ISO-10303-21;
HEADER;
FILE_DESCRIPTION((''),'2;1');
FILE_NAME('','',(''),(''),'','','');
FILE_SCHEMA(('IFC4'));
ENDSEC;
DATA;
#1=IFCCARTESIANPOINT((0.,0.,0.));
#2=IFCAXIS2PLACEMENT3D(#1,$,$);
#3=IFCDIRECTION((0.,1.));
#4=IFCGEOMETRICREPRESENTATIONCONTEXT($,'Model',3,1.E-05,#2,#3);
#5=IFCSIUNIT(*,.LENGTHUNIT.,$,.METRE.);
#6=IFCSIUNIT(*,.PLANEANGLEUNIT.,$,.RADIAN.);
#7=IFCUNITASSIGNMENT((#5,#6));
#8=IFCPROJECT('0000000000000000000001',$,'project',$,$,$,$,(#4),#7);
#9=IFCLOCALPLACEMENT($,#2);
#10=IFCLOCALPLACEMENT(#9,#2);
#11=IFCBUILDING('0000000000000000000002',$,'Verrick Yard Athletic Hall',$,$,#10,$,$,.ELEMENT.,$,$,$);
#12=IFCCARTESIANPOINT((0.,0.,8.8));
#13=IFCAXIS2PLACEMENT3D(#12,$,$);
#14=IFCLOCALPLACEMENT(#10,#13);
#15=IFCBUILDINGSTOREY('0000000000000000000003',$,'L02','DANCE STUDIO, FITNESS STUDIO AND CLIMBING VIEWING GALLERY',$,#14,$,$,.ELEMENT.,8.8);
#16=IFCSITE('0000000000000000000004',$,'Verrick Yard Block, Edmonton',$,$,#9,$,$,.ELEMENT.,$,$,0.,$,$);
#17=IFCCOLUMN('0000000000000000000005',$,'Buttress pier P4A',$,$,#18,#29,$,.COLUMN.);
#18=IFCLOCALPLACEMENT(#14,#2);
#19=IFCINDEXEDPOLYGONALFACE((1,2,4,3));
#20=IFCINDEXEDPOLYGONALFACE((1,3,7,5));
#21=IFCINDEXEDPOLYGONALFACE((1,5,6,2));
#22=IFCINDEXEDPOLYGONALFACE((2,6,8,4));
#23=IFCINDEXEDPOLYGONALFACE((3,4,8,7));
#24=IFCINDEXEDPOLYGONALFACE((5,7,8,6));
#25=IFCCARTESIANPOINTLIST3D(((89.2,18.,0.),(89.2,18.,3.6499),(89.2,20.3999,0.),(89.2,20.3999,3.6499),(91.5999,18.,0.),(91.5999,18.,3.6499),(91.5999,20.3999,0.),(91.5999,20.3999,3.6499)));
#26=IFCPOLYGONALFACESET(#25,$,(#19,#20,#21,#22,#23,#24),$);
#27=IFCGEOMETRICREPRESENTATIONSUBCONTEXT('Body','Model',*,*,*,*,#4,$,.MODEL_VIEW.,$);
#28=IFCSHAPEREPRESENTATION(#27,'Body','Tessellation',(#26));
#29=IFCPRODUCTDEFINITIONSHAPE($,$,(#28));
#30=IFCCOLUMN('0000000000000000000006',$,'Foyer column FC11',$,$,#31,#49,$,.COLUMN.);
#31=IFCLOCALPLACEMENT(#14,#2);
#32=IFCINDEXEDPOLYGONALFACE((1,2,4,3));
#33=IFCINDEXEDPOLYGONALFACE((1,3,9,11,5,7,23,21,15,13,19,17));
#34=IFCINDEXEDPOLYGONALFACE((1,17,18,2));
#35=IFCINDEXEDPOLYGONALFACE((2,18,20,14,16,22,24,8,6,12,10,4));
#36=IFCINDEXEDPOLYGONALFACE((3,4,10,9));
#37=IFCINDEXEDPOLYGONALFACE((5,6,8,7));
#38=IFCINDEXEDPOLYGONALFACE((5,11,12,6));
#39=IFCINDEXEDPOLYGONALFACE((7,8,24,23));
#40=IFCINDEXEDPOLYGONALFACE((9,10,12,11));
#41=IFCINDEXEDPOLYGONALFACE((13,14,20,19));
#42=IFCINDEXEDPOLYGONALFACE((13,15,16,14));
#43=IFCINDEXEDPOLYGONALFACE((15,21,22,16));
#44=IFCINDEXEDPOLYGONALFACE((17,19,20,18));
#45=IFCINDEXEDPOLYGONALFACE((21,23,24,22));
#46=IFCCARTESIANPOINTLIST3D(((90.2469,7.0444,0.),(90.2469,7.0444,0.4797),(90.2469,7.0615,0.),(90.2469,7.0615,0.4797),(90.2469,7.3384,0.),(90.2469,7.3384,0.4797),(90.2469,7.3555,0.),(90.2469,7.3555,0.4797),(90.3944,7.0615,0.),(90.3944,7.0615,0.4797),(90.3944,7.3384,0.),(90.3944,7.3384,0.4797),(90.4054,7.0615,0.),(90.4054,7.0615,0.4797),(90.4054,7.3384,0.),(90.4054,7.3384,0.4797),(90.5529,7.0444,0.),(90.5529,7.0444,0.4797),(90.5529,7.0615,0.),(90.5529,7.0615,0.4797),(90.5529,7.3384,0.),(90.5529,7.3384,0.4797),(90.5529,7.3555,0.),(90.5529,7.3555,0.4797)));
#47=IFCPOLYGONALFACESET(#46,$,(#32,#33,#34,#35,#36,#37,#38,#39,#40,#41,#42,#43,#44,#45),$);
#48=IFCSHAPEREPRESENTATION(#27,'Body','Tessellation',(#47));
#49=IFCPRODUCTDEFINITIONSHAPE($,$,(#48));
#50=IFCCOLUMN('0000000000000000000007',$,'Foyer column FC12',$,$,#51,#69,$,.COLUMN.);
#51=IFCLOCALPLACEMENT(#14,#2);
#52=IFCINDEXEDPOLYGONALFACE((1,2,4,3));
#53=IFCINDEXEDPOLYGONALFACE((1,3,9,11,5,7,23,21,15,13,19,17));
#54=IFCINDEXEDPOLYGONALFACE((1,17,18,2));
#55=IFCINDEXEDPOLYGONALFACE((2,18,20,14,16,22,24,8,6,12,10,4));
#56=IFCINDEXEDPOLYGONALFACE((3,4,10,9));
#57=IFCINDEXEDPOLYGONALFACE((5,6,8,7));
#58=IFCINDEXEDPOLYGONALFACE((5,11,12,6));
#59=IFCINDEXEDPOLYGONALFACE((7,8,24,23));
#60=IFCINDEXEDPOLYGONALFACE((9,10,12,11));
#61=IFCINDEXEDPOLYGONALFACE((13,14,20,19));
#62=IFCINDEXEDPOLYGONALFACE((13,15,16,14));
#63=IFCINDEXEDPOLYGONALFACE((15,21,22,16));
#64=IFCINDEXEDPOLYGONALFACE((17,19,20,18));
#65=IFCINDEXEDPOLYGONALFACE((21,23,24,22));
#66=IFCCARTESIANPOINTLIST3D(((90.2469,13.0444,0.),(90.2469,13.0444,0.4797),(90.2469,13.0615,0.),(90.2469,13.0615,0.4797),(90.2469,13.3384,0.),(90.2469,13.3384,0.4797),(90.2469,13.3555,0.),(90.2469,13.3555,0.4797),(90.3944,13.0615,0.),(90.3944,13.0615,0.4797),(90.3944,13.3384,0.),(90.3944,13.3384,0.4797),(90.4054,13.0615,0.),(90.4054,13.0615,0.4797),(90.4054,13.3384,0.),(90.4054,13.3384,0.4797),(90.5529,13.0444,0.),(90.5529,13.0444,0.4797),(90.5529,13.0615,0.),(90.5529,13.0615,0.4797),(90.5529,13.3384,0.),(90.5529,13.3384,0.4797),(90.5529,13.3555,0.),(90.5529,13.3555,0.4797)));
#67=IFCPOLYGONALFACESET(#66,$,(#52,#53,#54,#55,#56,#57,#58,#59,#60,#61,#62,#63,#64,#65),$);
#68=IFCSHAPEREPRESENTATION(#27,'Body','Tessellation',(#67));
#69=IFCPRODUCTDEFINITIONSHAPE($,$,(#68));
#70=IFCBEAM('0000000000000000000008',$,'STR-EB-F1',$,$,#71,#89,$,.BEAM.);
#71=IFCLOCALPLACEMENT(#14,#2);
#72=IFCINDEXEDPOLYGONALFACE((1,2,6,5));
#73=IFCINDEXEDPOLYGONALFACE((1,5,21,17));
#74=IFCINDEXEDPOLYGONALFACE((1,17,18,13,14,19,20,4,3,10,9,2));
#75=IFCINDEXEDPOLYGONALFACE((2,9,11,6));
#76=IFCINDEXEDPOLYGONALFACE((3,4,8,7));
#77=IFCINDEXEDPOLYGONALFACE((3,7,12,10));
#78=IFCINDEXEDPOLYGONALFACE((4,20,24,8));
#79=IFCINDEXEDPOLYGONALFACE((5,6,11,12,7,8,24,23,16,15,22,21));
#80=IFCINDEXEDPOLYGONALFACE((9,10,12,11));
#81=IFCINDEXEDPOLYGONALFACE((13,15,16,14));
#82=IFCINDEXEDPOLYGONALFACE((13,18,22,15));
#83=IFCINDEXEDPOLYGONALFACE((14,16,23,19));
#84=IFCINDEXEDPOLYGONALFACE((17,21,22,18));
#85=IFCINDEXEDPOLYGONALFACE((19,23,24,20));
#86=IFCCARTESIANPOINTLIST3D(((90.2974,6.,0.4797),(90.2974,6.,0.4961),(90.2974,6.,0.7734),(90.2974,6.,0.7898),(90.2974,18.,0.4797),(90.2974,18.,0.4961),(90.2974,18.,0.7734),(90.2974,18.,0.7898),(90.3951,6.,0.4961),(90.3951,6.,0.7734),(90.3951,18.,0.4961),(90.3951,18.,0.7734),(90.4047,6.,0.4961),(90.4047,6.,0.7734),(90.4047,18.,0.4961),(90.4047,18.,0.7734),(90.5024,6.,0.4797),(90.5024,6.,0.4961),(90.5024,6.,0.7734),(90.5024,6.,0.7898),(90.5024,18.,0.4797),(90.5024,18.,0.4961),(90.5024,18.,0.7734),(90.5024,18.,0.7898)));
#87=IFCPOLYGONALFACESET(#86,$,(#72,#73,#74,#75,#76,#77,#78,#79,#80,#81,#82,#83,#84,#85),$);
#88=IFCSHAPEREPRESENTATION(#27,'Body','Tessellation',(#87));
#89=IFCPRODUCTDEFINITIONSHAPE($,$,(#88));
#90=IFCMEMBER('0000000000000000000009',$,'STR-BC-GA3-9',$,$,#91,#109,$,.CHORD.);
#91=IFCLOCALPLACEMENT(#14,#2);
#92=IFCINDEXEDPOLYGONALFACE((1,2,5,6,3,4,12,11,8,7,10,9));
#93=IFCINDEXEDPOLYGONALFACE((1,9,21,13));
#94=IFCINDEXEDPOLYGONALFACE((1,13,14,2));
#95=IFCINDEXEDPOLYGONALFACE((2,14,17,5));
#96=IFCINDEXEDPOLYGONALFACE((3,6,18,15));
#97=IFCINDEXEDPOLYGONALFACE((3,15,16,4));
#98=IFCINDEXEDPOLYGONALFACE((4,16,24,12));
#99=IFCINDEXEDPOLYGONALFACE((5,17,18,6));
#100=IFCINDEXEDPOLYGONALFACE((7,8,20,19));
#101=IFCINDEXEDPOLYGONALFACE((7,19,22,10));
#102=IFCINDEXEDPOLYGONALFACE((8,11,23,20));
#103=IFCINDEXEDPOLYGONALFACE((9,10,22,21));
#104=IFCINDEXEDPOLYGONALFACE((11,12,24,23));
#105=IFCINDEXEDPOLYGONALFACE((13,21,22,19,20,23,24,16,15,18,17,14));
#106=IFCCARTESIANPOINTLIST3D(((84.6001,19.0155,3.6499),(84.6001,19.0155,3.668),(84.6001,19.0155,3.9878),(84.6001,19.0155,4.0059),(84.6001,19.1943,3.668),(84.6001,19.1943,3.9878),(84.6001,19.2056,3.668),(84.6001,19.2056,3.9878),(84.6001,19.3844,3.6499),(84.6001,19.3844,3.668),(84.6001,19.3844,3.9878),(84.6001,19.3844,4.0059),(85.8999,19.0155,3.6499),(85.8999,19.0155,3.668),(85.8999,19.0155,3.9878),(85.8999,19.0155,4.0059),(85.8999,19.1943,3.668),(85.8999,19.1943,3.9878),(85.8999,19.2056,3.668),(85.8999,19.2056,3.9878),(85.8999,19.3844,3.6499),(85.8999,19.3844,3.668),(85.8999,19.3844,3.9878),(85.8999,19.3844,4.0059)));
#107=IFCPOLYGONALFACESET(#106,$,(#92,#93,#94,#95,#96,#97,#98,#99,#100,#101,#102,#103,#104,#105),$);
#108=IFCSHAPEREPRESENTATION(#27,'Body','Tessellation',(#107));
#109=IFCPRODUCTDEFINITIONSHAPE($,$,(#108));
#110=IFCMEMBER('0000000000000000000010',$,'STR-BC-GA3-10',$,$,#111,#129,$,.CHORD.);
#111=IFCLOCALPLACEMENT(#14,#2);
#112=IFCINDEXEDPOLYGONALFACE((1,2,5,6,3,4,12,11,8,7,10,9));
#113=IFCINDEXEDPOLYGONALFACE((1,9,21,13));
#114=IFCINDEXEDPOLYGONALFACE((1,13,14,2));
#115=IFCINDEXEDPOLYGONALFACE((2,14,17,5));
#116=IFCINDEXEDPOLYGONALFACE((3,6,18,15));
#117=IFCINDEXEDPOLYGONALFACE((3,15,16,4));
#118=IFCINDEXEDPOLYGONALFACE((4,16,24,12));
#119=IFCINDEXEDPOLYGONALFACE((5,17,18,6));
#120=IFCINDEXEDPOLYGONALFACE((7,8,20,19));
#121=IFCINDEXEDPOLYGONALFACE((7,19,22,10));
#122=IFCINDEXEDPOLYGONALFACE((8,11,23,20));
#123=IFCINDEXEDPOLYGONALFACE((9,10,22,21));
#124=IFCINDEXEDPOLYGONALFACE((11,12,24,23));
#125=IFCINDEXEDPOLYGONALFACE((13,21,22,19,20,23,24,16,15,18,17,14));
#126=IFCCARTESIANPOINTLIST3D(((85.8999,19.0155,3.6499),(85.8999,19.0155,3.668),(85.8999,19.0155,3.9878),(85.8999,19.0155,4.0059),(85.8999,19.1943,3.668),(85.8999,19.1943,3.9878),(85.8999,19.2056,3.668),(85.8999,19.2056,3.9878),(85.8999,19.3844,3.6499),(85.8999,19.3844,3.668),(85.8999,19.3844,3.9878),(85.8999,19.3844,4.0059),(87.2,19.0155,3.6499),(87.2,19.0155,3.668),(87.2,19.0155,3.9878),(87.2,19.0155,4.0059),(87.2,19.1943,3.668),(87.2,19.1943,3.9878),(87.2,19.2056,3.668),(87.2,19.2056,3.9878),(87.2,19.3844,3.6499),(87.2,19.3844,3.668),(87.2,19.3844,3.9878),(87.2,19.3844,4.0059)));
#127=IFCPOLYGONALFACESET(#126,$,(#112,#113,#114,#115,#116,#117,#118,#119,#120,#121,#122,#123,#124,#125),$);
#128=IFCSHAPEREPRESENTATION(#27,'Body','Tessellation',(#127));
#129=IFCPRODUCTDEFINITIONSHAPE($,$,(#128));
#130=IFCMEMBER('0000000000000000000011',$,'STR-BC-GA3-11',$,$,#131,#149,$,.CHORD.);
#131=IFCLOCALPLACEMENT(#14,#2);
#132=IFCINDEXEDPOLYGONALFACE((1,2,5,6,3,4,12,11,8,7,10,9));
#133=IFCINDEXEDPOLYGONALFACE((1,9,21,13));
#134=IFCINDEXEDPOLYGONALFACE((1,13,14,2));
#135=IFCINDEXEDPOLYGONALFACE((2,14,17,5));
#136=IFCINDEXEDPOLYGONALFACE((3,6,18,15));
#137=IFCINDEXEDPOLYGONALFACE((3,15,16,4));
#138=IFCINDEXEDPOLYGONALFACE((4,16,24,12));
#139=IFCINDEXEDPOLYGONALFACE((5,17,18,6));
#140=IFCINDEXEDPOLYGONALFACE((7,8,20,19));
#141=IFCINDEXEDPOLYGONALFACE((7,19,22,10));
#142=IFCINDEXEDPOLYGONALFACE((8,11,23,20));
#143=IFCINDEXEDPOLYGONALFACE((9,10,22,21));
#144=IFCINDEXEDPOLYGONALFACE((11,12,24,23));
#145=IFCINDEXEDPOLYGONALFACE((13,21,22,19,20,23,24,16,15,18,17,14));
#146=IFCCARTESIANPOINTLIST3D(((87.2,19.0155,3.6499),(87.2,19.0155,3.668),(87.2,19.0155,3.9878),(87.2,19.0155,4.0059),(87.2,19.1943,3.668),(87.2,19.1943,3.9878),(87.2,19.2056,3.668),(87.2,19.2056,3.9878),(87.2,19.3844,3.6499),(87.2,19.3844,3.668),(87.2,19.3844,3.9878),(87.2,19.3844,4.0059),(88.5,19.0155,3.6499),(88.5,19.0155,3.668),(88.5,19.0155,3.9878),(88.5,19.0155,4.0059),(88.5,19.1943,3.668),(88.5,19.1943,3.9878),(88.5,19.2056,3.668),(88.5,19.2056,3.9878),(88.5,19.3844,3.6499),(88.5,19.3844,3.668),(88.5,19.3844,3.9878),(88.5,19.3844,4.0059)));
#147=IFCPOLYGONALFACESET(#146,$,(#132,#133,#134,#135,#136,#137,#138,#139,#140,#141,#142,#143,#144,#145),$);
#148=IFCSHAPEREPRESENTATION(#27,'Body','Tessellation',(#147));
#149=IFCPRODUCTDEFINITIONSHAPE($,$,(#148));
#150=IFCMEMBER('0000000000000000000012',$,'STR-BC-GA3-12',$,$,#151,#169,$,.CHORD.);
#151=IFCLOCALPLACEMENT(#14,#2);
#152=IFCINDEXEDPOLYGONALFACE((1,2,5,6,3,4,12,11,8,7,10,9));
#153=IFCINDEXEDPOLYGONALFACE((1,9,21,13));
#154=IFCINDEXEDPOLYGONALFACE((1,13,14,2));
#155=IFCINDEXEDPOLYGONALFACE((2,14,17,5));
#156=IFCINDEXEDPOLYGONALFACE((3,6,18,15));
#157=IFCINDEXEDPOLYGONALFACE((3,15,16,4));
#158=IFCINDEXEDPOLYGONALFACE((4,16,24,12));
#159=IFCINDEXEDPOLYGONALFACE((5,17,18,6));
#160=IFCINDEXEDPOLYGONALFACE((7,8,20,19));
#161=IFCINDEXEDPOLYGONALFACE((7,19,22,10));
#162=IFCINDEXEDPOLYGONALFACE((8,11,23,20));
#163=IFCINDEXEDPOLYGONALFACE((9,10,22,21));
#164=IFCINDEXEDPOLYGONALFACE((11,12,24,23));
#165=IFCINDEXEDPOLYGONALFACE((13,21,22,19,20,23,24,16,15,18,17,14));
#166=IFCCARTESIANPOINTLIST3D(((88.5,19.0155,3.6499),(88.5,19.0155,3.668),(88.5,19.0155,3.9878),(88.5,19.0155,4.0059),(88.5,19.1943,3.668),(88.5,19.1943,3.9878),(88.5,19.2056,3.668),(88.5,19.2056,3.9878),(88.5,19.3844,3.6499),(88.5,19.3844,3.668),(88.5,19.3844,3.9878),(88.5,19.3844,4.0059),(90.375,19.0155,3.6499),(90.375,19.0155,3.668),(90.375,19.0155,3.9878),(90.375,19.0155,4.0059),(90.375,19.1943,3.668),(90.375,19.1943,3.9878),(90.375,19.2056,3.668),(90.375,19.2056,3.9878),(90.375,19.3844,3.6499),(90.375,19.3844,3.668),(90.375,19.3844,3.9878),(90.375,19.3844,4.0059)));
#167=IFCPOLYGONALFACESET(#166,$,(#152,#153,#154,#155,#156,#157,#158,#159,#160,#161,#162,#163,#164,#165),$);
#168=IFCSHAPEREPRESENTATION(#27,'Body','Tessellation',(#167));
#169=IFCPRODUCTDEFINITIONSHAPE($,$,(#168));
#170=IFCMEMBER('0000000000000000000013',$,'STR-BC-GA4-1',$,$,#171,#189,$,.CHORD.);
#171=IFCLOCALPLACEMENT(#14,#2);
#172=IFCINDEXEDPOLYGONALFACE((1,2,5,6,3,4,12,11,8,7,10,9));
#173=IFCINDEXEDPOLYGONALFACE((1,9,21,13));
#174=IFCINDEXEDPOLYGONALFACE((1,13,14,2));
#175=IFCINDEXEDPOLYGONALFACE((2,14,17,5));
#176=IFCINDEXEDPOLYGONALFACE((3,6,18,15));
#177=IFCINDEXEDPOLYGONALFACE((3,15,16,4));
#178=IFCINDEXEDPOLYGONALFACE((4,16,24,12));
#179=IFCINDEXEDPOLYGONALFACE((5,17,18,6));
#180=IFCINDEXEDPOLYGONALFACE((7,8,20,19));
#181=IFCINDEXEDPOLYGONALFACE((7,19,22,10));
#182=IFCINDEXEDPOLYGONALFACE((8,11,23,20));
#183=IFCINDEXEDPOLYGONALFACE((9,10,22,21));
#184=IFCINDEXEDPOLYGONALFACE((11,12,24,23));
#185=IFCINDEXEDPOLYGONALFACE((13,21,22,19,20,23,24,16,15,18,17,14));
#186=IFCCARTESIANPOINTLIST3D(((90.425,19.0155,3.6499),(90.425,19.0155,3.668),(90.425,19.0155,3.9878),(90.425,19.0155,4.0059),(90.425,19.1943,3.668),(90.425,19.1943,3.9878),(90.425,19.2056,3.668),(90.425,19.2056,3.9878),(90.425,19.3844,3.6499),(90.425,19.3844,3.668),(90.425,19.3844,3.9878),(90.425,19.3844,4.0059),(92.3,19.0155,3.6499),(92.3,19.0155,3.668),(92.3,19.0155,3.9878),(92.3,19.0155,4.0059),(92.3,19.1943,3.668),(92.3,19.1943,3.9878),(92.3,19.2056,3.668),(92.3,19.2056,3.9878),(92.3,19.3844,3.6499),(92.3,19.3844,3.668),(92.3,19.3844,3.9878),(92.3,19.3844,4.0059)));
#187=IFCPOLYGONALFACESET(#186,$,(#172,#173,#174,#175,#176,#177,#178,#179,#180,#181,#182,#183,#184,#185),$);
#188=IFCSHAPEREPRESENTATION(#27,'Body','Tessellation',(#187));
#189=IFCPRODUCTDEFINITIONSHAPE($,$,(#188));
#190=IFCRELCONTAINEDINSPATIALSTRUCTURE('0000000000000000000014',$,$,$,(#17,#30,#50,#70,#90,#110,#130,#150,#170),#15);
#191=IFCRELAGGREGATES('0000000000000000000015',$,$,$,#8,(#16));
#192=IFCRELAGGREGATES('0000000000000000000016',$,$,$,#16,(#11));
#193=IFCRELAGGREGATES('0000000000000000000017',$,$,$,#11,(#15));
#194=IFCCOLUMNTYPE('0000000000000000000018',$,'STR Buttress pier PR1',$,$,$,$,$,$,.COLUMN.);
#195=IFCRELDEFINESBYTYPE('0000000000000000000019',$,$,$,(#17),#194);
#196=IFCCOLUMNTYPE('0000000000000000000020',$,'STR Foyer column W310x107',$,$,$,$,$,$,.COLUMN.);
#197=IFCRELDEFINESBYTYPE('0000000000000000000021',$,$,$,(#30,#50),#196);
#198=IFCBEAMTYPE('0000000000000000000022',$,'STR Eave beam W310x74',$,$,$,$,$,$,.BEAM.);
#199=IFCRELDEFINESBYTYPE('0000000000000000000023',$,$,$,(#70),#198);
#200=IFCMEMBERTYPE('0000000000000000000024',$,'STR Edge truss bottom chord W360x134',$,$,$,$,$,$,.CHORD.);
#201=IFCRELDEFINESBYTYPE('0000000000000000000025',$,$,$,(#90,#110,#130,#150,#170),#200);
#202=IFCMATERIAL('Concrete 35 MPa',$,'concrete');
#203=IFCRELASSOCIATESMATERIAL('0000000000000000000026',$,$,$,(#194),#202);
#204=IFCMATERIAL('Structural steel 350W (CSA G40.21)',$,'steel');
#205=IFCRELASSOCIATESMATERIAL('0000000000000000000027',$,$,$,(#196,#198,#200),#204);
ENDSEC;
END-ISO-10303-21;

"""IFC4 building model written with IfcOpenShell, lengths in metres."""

from ifc_helpers import new_model, si_unit, direction, frame, origin, origin_2d, place, context, subcontext, project, spatial, rectangle, i_section, extrude, material, material_profile, profile_set, type_object, element, save


model = new_model("IFC4")

# Units and contexts
model_context = context("Model", 3, precision=1e-05, world=origin(), true_north=direction((0.0, 1.0)))
body_context = subcontext(model_context, "Body", "Model", "MODEL_VIEW")
ifc_project = project(units=[si_unit("LENGTHUNIT", "METRE"), si_unit("PLANEANGLEUNIT", "RADIAN")], contexts=[model_context])

# Site, building, storey
site_placement = place(None, origin())
site = spatial("IfcSite", under=ifc_project, at=site_placement, Name="Verrick Yard Block, Edmonton", CompositionType="ELEMENT", RefElevation=0.0)
building_placement = place(site_placement, origin())
building = spatial("IfcBuilding", under=site, at=building_placement, Name="Verrick Yard Athletic Hall", CompositionType="ELEMENT")
storey_placement = place(building_placement, frame((0.0, 0.0, 8.8)))
storey = spatial("IfcBuildingStorey", under=building, at=storey_placement, Name="L02", Description="DANCE STUDIO, FITNESS STUDIO AND CLIMBING VIEWING GALLERY", CompositionType="ELEMENT", Elevation=8.8)

# Columns
ifc_material_1 = material(Name="Concrete 35 MPa", Category="concrete")
ifc_material_profile_1 = material_profile(ifc_material_1, rectangle(XDim=2.3999, YDim=2.3999, at=origin_2d()), Name="STR Buttress pier PR1")
ifc_profile_set_1 = profile_set([ifc_material_profile_1], Name="Concrete 35 MPa")
column_type_1 = type_object("IfcColumnType", Name="STR Buttress pier PR1", PredefinedType="COLUMN", material=ifc_profile_set_1)
column_placement = place(storey_placement, frame((90.3999, 19.2, 0.0), z_axis=(0.0, 0.0, 1.0), x_axis=(1.0, 0.0, 0.0)))
element("IfcColumn", 1, at=column_placement, inside=storey, type_object=column_type_1, Name="Buttress pier P4A", PredefinedType="COLUMN", context=body_context, shape_type="SweptSolid", body=[
    extrude(rectangle(XDim=2.3999, YDim=2.3999, at=origin_2d()), origin(), (0.0, 0.0, 1.0), 3.6499),
])
ifc_material_2 = material(Name="Structural steel 350W (CSA G40.21)", Category="steel")
ifc_material_profile_2 = material_profile(ifc_material_2, i_section(OverallWidth=0.3059, OverallDepth=0.311, WebThickness=0.011, FlangeThickness=0.0171, at=origin_2d()), Name="W310x107")
ifc_profile_set_2 = profile_set([ifc_material_profile_2], Name="Structural steel 350W (CSA G40.21)")
column_type_2 = type_object("IfcColumnType", Name="STR Foyer column W310x107", PredefinedType="COLUMN", material=ifc_profile_set_2)
for number, where, z_axis, x_axis, name in (
    (2, (90.3999, 7.2, 0.0), (0.0, 0.0, 1.0), (1.0, 0.0, 0.0), "Foyer column FC11"),
    (3, (90.3999, 13.2, 0.0), (0.0, 0.0, 1.0), (1.0, 0.0, 0.0), "Foyer column FC12"),
):
    element("IfcColumn", number, at=place(storey_placement, frame(where, z_axis=z_axis, x_axis=x_axis)), inside=storey, type_object=column_type_2, Name=name, PredefinedType="COLUMN", context=body_context, shape_type="SweptSolid", body=[
        extrude(i_section(OverallWidth=0.3059, OverallDepth=0.311, WebThickness=0.011, FlangeThickness=0.0171, at=origin_2d()), origin(), (0.0, 0.0, 1.0), 0.4797),
    ])

# Beam
ifc_material_profile_3 = material_profile(ifc_material_2, i_section(OverallWidth=0.2051, OverallDepth=0.3101, WebThickness=0.0095, FlangeThickness=0.0164, at=origin_2d()), Name="W310x74")
ifc_profile_set_3 = profile_set([ifc_material_profile_3], Name="Structural steel 350W (CSA G40.21)")
beam_type = type_object("IfcBeamType", Name="STR Eave beam W310x74", PredefinedType="BEAM", material=ifc_profile_set_3)
beam_placement = place(storey_placement, frame((90.3999, 6.0, 0.6348), z_axis=(0.0, 1.0, 0.0), x_axis=(-1.0, 0.0, 0.0)))
element("IfcBeam", 4, at=beam_placement, inside=storey, type_object=beam_type, Name="STR-EB-F1", PredefinedType="BEAM", context=body_context, shape_type="SweptSolid", body=[
    extrude(i_section(OverallWidth=0.2051, OverallDepth=0.3101, WebThickness=0.0095, FlangeThickness=0.0164, at=origin_2d()), origin(), (0.0, 0.0, 1.0), 12.0),
])

# Members
ifc_material_profile_4 = material_profile(ifc_material_2, i_section(OverallWidth=0.3689, OverallDepth=0.356, WebThickness=0.0112, FlangeThickness=0.0181, at=origin_2d()), Name="W360x134")
ifc_profile_set_4 = profile_set([ifc_material_profile_4], Name="Structural steel 350W (CSA G40.21)")
member_type_1 = type_object("IfcMemberType", Name="STR Edge truss bottom chord W360x134", PredefinedType="CHORD", material=ifc_profile_set_4)
member_1_placement = place(storey_placement, frame((84.6001, 19.2, 3.8279), z_axis=(1.0, 0.0, 0.0), x_axis=(0.0, 1.0, 0.0)))
element("IfcMember", 5, at=member_1_placement, inside=storey, type_object=member_type_1, Name="STR-BC-GA3-9", PredefinedType="CHORD", context=body_context, shape_type="SweptSolid", body=[
    extrude(i_section(OverallWidth=0.3689, OverallDepth=0.356, WebThickness=0.0112, FlangeThickness=0.0181, at=origin_2d()), origin(), (0.0, 0.0, 1.0), 1.2998),
])
for number, where, z_axis, x_axis, name in (
    (6, (85.8999, 19.2, 3.8279), (1.0, 0.0, 0.0), (0.0, 1.0, 0.0), "STR-BC-GA3-10"),
    (7, (87.2, 19.2, 3.8279), (1.0, 0.0, 0.0), (0.0, 1.0, 0.0), "STR-BC-GA3-11"),
):
    element("IfcMember", number, at=place(storey_placement, frame(where, z_axis=z_axis, x_axis=x_axis)), inside=storey, type_object=member_type_1, Name=name, PredefinedType="CHORD", context=body_context, shape_type="SweptSolid", body=[
        extrude(i_section(OverallWidth=0.3689, OverallDepth=0.356, WebThickness=0.0112, FlangeThickness=0.0181, at=origin_2d()), origin(), (0.0, 0.0, 1.0), 1.3),
    ])
for number, where, z_axis, x_axis, name in (
    (8, (88.5, 19.2, 3.8279), (1.0, 0.0, 0.0), (0.0, 1.0, 0.0), "STR-BC-GA3-12"),
    (9, (90.425, 19.2, 3.8279), (1.0, 0.0, 0.0), (0.0, 1.0, 0.0), "STR-BC-GA4-1"),
):
    element("IfcMember", number, at=place(storey_placement, frame(where, z_axis=z_axis, x_axis=x_axis)), inside=storey, type_object=member_type_1, Name=name, PredefinedType="CHORD", context=body_context, shape_type="SweptSolid", body=[
        extrude(i_section(OverallWidth=0.3689, OverallDepth=0.356, WebThickness=0.0112, FlangeThickness=0.0181, at=origin_2d()), origin(), (0.0, 0.0, 1.0), 1.875),
    ])

save(model, "model.ifc")
